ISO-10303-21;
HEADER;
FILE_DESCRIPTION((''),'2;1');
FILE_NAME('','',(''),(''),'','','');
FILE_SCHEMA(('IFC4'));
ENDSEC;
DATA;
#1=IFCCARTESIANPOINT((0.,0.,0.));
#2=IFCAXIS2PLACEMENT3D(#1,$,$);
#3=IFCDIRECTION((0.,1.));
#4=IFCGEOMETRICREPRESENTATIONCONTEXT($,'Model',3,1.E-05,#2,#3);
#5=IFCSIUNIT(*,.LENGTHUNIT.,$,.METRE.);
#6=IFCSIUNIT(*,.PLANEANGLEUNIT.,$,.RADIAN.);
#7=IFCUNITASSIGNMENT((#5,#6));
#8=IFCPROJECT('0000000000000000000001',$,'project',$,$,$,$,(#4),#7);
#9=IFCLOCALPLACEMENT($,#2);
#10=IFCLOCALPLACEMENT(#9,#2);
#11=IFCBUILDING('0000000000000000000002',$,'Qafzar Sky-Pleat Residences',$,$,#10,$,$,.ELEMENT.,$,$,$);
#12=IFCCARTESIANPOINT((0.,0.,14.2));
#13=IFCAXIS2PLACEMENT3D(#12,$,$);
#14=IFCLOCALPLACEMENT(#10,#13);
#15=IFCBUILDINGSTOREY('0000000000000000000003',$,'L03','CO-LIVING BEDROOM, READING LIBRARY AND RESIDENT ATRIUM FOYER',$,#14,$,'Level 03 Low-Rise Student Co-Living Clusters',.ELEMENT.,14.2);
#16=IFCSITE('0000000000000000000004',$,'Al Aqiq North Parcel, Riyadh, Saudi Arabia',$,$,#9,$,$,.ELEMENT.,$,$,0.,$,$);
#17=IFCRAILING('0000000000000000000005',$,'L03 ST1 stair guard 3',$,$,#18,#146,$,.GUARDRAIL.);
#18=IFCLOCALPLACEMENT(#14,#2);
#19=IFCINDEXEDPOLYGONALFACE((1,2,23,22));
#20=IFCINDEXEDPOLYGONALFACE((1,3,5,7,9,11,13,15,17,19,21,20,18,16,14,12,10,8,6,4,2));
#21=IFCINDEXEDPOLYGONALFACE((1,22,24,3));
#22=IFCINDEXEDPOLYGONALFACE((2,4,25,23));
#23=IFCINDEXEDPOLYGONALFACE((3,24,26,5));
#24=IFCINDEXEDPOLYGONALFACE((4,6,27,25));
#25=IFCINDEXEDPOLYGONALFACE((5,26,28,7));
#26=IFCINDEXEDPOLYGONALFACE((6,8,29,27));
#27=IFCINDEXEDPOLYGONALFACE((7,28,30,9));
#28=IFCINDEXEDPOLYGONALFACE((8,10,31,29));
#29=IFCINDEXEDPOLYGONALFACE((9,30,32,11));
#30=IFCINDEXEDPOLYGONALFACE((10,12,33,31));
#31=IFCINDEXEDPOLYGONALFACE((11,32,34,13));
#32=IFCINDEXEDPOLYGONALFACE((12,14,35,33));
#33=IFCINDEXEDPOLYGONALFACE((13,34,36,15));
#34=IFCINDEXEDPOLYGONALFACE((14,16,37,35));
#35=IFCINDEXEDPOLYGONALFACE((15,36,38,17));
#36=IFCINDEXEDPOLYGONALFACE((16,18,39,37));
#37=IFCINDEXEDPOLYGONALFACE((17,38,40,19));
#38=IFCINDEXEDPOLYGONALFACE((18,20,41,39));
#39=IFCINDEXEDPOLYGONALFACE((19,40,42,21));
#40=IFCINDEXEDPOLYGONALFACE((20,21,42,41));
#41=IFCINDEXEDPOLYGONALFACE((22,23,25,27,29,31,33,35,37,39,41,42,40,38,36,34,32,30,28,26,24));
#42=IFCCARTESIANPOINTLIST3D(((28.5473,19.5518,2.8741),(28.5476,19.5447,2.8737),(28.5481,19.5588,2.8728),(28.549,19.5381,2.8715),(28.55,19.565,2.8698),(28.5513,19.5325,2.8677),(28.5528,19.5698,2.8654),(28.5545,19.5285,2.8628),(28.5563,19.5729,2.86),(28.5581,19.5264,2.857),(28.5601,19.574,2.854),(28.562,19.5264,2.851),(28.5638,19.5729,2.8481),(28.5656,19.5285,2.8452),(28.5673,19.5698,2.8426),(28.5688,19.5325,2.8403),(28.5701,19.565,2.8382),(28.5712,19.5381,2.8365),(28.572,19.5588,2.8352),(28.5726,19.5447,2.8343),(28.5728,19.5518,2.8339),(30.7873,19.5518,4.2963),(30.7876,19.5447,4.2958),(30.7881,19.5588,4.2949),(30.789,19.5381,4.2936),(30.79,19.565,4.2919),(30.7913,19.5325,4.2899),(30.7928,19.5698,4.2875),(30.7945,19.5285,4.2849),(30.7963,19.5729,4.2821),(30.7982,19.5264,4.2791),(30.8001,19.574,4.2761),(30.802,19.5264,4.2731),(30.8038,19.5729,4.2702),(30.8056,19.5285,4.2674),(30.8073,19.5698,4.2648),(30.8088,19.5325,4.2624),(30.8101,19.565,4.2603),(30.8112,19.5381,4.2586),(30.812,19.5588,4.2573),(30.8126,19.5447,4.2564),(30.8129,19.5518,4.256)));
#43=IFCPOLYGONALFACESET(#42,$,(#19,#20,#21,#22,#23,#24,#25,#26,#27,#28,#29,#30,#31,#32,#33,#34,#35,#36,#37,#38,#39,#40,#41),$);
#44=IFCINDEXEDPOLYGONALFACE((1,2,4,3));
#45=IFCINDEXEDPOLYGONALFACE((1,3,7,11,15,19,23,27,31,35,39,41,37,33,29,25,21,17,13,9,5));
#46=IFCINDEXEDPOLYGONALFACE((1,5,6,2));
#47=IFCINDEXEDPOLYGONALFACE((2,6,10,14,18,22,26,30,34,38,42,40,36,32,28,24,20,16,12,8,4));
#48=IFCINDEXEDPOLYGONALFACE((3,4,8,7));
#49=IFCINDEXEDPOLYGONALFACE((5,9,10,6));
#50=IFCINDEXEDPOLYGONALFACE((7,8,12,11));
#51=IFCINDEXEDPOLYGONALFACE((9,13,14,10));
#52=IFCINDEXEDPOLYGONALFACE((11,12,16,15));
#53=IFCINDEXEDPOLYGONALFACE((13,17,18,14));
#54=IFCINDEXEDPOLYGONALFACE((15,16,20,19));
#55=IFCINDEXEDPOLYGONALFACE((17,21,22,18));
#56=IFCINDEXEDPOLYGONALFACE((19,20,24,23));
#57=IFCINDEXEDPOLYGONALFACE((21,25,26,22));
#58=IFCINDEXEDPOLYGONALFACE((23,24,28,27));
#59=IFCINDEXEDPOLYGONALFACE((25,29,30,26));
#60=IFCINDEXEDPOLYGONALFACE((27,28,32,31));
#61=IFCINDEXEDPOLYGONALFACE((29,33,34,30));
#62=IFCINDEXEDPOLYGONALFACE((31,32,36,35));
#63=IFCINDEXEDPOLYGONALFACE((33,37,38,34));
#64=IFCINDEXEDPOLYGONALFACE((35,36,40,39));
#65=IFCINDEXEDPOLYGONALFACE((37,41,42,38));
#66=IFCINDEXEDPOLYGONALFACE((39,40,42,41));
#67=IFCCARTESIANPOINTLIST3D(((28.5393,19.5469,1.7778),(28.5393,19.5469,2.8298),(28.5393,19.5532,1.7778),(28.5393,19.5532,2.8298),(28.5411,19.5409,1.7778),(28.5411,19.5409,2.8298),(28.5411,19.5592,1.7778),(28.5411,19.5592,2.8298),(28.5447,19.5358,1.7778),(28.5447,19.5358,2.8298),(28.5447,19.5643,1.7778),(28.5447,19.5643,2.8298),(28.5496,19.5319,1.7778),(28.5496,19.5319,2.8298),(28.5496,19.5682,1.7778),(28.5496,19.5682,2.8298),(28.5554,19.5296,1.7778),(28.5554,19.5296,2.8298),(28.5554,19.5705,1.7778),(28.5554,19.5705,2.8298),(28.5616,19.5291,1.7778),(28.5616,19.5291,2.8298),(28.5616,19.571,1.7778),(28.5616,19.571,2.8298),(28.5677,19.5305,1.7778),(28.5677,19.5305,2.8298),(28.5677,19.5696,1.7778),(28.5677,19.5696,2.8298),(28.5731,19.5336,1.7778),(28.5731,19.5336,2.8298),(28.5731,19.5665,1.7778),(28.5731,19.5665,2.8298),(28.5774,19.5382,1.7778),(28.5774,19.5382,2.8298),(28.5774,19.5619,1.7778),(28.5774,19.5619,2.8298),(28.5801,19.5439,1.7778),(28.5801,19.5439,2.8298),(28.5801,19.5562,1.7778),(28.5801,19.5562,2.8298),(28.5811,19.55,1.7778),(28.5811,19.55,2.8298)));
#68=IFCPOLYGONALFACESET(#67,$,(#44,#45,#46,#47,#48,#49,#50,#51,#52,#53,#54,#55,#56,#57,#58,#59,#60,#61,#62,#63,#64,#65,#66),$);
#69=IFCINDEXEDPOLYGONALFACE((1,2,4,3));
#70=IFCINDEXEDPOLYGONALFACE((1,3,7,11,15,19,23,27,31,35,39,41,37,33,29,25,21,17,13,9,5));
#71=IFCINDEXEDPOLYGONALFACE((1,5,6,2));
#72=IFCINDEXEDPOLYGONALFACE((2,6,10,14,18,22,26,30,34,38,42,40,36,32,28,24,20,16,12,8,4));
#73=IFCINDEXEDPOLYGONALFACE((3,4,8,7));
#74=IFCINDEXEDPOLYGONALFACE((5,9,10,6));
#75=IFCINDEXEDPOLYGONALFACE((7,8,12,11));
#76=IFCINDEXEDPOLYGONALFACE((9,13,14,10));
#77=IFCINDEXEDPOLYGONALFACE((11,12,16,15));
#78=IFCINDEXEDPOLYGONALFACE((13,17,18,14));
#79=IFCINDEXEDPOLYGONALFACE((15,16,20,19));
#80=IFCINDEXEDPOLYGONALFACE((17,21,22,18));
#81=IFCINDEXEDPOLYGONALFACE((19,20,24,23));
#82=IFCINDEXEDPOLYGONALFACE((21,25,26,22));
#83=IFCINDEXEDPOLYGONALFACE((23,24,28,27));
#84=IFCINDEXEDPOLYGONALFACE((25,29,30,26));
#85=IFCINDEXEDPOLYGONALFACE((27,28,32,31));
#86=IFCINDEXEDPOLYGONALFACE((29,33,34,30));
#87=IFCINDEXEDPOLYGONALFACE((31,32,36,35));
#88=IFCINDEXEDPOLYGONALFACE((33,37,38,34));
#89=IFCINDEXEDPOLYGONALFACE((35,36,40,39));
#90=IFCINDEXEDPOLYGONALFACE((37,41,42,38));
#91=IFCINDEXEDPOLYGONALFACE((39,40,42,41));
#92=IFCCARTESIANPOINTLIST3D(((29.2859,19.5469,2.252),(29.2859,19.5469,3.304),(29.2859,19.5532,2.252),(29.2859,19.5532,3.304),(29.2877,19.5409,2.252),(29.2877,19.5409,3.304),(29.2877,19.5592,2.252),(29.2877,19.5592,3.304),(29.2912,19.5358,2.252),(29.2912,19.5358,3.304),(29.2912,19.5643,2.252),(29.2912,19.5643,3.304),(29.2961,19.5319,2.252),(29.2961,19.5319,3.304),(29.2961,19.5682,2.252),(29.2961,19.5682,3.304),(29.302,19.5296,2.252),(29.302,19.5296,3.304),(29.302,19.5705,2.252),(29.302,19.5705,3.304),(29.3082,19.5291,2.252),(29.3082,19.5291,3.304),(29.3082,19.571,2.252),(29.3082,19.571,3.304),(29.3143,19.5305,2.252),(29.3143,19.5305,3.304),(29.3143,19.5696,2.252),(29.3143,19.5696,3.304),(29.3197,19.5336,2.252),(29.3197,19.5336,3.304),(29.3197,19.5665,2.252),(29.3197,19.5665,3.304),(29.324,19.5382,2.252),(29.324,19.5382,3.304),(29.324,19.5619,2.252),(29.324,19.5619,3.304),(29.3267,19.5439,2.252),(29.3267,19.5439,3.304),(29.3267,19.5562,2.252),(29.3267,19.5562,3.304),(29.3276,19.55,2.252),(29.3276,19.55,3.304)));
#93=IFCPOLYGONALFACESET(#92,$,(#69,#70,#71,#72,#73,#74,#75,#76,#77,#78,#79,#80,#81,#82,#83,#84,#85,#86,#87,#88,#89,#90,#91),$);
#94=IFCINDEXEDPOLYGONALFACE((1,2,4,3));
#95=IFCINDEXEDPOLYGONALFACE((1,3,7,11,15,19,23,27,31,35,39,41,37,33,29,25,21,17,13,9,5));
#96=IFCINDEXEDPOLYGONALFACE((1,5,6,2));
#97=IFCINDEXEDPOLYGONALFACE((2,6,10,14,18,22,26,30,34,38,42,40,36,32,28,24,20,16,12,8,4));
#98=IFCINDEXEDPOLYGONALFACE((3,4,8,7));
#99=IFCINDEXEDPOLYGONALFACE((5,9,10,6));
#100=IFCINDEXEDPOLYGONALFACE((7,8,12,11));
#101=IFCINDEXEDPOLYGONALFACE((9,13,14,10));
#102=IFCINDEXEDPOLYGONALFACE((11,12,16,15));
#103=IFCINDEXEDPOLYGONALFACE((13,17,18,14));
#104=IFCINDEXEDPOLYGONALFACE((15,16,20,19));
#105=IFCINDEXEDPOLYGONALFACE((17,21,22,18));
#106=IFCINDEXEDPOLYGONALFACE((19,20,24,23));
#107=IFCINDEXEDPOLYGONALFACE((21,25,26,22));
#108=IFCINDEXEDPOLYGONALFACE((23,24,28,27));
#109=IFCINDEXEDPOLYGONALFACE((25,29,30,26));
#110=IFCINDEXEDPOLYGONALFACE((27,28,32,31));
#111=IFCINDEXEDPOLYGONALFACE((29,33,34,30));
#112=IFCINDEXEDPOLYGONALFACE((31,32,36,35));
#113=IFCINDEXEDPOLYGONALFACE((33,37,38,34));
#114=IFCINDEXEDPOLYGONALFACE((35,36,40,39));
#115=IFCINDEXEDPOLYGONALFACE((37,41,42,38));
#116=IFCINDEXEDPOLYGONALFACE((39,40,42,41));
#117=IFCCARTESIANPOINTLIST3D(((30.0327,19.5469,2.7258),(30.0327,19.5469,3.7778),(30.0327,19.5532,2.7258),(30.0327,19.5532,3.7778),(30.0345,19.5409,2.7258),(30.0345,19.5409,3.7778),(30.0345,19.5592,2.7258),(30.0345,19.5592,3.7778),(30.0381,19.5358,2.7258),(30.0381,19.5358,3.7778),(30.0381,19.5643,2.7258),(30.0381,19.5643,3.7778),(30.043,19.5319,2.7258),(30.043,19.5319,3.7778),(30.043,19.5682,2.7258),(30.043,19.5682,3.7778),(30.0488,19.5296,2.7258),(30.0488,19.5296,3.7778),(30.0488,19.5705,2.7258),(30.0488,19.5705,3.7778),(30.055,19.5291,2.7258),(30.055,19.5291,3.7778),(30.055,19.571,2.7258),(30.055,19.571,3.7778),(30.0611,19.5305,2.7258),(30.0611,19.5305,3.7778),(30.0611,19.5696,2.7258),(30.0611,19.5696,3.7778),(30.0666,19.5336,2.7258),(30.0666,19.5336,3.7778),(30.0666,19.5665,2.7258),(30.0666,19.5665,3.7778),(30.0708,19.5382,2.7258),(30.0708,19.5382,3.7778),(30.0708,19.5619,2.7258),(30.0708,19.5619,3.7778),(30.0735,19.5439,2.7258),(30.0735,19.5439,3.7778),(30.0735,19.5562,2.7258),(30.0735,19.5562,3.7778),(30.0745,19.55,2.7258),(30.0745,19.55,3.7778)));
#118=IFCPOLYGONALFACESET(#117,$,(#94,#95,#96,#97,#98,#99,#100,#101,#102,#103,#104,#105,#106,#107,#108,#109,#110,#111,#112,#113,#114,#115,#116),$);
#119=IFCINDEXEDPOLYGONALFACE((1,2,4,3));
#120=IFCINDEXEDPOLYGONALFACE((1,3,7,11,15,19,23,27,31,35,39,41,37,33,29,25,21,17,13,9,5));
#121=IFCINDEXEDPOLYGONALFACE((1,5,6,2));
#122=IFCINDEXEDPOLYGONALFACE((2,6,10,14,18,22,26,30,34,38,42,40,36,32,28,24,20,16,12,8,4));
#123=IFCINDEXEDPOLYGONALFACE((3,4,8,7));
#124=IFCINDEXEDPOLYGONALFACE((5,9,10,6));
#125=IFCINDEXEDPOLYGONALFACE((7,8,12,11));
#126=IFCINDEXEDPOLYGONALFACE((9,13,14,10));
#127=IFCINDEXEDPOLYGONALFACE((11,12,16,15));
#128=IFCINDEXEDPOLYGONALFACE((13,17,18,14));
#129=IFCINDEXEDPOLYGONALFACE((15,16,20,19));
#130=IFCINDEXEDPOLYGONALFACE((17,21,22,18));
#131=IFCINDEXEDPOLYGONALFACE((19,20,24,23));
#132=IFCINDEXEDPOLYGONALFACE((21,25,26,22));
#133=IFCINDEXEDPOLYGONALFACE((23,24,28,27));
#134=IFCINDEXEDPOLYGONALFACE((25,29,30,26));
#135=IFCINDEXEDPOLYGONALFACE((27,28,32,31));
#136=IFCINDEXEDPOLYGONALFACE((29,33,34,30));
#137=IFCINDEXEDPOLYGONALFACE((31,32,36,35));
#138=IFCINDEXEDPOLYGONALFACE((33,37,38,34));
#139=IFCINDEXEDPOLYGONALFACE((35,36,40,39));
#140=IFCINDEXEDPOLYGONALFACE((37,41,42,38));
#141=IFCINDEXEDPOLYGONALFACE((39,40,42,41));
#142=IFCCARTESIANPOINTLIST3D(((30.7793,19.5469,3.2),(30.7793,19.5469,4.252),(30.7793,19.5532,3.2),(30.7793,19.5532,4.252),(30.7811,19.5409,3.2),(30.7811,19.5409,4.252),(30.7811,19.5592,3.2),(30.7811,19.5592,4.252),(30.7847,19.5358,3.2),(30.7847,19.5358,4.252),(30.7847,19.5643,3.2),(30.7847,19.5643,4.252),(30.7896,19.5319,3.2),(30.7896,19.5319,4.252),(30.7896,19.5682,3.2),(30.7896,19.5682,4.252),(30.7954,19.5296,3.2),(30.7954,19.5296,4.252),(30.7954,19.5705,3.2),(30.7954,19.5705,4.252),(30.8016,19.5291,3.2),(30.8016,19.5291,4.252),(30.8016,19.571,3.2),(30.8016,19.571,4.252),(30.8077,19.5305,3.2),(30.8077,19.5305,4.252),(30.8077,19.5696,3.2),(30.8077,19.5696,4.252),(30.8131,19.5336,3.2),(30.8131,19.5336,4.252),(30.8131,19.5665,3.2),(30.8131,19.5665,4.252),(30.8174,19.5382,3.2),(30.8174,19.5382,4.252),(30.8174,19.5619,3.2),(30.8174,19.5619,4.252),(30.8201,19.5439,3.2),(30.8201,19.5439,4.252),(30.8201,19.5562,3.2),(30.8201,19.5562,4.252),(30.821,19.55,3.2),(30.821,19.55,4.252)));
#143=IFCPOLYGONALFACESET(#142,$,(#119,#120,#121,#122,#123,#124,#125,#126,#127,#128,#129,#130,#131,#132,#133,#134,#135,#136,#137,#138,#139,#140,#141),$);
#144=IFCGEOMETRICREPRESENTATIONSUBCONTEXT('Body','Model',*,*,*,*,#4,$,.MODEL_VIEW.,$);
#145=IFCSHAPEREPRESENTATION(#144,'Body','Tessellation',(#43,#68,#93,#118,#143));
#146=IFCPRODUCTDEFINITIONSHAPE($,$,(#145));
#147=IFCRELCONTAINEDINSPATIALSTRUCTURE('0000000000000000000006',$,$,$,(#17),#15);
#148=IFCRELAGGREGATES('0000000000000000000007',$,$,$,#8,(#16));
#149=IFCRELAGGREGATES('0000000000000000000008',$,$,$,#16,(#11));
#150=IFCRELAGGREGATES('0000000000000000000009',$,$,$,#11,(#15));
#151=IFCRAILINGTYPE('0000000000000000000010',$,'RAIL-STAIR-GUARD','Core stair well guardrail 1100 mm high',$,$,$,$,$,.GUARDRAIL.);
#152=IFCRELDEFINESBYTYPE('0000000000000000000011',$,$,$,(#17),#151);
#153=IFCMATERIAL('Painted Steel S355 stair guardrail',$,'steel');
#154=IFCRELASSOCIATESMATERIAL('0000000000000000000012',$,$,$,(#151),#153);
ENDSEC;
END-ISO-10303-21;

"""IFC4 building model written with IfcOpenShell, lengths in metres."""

from ifc_helpers import new_model, si_unit, direction, frame, origin, origin_2d, place, context, subcontext, project, spatial, circle, extrude, source, transform, mapped, material, type_object, element, save


model = new_model("IFC4")

# Units and contexts
model_context = context("Model", 3, precision=1e-05, world=origin(), true_north=direction((0.0, 1.0)))
body_context = subcontext(model_context, "Body", "Model", "MODEL_VIEW")
ifc_project = project(units=[si_unit("LENGTHUNIT", "METRE"), si_unit("PLANEANGLEUNIT", "RADIAN")], contexts=[model_context])

# Site, building, storey
site_placement = place(None, origin())
site = spatial("IfcSite", under=ifc_project, at=site_placement, Name="Al Aqiq North Parcel, Riyadh, Saudi Arabia", CompositionType="ELEMENT", RefElevation=0.0)
building_placement = place(site_placement, origin())
building = spatial("IfcBuilding", under=site, at=building_placement, Name="Qafzar Sky-Pleat Residences", CompositionType="ELEMENT")
storey_placement = place(building_placement, frame((0.0, 0.0, 14.2)))
storey = spatial("IfcBuildingStorey", under=building, at=storey_placement, Name="L03", Description="CO-LIVING BEDROOM, READING LIBRARY AND RESIDENT ATRIUM FOYER", LongName="Level 03 Low-Rise Student Co-Living Clusters", CompositionType="ELEMENT", Elevation=14.2)

# Railing
ifc_material_1 = material(Name="Painted Steel S355 stair guardrail", Category="steel")
railing_type_1 = type_object("IfcRailingType", Name="RAIL-STAIR-GUARD", Description="Core stair well guardrail 1100 mm high", PredefinedType="GUARDRAIL", material=ifc_material_1)
shared_shape_1 = source(origin(), body_context, "Body", "SweptSolid", [
    extrude(circle(Radius=0.0239, at=origin_2d()), frame((0.0, 0.0, 1.0762), z_axis=(0.844229, 0.0, 0.535982), x_axis=(0.0, 1.0, 0.0)), (0.0, 0.0, 1.0), 2.6533),
    extrude(circle(Radius=0.021, at=origin_2d()), origin(), (0.0, 0.0, 1.0), 1.052),
    extrude(circle(Radius=0.021, at=origin_2d()), frame((0.7466, 0.0, 0.4741)), (0.0, 0.0, 1.0), 1.052),
    extrude(circle(Radius=0.021, at=origin_2d()), frame((1.4934, 0.0, 0.948)), (0.0, 0.0, 1.0), 1.052),
    extrude(circle(Radius=0.021, at=origin_2d()), frame((2.24, 0.0, 1.4221)), (0.0, 0.0, 1.0), 1.052),
])
railing_1_placement = place(storey_placement, frame((28.5601, 19.55, 1.7778)))
element("IfcRailing", 1, at=railing_1_placement, inside=storey, type_object=railing_type_1, Name="L03 ST1 stair guard 3", PredefinedType="GUARDRAIL", context=body_context, shape_type="MappedRepresentation", body=[
    mapped(shared_shape_1, transform((0.0, 0.0, 0.0), x_axis=(1.0, 0.0, 0.0), y_axis=(0.0, 1.0, 0.0), z_axis=(0.0, 0.0, 1.0), scale=1.0)),
])

save(model, "model.ifc")
